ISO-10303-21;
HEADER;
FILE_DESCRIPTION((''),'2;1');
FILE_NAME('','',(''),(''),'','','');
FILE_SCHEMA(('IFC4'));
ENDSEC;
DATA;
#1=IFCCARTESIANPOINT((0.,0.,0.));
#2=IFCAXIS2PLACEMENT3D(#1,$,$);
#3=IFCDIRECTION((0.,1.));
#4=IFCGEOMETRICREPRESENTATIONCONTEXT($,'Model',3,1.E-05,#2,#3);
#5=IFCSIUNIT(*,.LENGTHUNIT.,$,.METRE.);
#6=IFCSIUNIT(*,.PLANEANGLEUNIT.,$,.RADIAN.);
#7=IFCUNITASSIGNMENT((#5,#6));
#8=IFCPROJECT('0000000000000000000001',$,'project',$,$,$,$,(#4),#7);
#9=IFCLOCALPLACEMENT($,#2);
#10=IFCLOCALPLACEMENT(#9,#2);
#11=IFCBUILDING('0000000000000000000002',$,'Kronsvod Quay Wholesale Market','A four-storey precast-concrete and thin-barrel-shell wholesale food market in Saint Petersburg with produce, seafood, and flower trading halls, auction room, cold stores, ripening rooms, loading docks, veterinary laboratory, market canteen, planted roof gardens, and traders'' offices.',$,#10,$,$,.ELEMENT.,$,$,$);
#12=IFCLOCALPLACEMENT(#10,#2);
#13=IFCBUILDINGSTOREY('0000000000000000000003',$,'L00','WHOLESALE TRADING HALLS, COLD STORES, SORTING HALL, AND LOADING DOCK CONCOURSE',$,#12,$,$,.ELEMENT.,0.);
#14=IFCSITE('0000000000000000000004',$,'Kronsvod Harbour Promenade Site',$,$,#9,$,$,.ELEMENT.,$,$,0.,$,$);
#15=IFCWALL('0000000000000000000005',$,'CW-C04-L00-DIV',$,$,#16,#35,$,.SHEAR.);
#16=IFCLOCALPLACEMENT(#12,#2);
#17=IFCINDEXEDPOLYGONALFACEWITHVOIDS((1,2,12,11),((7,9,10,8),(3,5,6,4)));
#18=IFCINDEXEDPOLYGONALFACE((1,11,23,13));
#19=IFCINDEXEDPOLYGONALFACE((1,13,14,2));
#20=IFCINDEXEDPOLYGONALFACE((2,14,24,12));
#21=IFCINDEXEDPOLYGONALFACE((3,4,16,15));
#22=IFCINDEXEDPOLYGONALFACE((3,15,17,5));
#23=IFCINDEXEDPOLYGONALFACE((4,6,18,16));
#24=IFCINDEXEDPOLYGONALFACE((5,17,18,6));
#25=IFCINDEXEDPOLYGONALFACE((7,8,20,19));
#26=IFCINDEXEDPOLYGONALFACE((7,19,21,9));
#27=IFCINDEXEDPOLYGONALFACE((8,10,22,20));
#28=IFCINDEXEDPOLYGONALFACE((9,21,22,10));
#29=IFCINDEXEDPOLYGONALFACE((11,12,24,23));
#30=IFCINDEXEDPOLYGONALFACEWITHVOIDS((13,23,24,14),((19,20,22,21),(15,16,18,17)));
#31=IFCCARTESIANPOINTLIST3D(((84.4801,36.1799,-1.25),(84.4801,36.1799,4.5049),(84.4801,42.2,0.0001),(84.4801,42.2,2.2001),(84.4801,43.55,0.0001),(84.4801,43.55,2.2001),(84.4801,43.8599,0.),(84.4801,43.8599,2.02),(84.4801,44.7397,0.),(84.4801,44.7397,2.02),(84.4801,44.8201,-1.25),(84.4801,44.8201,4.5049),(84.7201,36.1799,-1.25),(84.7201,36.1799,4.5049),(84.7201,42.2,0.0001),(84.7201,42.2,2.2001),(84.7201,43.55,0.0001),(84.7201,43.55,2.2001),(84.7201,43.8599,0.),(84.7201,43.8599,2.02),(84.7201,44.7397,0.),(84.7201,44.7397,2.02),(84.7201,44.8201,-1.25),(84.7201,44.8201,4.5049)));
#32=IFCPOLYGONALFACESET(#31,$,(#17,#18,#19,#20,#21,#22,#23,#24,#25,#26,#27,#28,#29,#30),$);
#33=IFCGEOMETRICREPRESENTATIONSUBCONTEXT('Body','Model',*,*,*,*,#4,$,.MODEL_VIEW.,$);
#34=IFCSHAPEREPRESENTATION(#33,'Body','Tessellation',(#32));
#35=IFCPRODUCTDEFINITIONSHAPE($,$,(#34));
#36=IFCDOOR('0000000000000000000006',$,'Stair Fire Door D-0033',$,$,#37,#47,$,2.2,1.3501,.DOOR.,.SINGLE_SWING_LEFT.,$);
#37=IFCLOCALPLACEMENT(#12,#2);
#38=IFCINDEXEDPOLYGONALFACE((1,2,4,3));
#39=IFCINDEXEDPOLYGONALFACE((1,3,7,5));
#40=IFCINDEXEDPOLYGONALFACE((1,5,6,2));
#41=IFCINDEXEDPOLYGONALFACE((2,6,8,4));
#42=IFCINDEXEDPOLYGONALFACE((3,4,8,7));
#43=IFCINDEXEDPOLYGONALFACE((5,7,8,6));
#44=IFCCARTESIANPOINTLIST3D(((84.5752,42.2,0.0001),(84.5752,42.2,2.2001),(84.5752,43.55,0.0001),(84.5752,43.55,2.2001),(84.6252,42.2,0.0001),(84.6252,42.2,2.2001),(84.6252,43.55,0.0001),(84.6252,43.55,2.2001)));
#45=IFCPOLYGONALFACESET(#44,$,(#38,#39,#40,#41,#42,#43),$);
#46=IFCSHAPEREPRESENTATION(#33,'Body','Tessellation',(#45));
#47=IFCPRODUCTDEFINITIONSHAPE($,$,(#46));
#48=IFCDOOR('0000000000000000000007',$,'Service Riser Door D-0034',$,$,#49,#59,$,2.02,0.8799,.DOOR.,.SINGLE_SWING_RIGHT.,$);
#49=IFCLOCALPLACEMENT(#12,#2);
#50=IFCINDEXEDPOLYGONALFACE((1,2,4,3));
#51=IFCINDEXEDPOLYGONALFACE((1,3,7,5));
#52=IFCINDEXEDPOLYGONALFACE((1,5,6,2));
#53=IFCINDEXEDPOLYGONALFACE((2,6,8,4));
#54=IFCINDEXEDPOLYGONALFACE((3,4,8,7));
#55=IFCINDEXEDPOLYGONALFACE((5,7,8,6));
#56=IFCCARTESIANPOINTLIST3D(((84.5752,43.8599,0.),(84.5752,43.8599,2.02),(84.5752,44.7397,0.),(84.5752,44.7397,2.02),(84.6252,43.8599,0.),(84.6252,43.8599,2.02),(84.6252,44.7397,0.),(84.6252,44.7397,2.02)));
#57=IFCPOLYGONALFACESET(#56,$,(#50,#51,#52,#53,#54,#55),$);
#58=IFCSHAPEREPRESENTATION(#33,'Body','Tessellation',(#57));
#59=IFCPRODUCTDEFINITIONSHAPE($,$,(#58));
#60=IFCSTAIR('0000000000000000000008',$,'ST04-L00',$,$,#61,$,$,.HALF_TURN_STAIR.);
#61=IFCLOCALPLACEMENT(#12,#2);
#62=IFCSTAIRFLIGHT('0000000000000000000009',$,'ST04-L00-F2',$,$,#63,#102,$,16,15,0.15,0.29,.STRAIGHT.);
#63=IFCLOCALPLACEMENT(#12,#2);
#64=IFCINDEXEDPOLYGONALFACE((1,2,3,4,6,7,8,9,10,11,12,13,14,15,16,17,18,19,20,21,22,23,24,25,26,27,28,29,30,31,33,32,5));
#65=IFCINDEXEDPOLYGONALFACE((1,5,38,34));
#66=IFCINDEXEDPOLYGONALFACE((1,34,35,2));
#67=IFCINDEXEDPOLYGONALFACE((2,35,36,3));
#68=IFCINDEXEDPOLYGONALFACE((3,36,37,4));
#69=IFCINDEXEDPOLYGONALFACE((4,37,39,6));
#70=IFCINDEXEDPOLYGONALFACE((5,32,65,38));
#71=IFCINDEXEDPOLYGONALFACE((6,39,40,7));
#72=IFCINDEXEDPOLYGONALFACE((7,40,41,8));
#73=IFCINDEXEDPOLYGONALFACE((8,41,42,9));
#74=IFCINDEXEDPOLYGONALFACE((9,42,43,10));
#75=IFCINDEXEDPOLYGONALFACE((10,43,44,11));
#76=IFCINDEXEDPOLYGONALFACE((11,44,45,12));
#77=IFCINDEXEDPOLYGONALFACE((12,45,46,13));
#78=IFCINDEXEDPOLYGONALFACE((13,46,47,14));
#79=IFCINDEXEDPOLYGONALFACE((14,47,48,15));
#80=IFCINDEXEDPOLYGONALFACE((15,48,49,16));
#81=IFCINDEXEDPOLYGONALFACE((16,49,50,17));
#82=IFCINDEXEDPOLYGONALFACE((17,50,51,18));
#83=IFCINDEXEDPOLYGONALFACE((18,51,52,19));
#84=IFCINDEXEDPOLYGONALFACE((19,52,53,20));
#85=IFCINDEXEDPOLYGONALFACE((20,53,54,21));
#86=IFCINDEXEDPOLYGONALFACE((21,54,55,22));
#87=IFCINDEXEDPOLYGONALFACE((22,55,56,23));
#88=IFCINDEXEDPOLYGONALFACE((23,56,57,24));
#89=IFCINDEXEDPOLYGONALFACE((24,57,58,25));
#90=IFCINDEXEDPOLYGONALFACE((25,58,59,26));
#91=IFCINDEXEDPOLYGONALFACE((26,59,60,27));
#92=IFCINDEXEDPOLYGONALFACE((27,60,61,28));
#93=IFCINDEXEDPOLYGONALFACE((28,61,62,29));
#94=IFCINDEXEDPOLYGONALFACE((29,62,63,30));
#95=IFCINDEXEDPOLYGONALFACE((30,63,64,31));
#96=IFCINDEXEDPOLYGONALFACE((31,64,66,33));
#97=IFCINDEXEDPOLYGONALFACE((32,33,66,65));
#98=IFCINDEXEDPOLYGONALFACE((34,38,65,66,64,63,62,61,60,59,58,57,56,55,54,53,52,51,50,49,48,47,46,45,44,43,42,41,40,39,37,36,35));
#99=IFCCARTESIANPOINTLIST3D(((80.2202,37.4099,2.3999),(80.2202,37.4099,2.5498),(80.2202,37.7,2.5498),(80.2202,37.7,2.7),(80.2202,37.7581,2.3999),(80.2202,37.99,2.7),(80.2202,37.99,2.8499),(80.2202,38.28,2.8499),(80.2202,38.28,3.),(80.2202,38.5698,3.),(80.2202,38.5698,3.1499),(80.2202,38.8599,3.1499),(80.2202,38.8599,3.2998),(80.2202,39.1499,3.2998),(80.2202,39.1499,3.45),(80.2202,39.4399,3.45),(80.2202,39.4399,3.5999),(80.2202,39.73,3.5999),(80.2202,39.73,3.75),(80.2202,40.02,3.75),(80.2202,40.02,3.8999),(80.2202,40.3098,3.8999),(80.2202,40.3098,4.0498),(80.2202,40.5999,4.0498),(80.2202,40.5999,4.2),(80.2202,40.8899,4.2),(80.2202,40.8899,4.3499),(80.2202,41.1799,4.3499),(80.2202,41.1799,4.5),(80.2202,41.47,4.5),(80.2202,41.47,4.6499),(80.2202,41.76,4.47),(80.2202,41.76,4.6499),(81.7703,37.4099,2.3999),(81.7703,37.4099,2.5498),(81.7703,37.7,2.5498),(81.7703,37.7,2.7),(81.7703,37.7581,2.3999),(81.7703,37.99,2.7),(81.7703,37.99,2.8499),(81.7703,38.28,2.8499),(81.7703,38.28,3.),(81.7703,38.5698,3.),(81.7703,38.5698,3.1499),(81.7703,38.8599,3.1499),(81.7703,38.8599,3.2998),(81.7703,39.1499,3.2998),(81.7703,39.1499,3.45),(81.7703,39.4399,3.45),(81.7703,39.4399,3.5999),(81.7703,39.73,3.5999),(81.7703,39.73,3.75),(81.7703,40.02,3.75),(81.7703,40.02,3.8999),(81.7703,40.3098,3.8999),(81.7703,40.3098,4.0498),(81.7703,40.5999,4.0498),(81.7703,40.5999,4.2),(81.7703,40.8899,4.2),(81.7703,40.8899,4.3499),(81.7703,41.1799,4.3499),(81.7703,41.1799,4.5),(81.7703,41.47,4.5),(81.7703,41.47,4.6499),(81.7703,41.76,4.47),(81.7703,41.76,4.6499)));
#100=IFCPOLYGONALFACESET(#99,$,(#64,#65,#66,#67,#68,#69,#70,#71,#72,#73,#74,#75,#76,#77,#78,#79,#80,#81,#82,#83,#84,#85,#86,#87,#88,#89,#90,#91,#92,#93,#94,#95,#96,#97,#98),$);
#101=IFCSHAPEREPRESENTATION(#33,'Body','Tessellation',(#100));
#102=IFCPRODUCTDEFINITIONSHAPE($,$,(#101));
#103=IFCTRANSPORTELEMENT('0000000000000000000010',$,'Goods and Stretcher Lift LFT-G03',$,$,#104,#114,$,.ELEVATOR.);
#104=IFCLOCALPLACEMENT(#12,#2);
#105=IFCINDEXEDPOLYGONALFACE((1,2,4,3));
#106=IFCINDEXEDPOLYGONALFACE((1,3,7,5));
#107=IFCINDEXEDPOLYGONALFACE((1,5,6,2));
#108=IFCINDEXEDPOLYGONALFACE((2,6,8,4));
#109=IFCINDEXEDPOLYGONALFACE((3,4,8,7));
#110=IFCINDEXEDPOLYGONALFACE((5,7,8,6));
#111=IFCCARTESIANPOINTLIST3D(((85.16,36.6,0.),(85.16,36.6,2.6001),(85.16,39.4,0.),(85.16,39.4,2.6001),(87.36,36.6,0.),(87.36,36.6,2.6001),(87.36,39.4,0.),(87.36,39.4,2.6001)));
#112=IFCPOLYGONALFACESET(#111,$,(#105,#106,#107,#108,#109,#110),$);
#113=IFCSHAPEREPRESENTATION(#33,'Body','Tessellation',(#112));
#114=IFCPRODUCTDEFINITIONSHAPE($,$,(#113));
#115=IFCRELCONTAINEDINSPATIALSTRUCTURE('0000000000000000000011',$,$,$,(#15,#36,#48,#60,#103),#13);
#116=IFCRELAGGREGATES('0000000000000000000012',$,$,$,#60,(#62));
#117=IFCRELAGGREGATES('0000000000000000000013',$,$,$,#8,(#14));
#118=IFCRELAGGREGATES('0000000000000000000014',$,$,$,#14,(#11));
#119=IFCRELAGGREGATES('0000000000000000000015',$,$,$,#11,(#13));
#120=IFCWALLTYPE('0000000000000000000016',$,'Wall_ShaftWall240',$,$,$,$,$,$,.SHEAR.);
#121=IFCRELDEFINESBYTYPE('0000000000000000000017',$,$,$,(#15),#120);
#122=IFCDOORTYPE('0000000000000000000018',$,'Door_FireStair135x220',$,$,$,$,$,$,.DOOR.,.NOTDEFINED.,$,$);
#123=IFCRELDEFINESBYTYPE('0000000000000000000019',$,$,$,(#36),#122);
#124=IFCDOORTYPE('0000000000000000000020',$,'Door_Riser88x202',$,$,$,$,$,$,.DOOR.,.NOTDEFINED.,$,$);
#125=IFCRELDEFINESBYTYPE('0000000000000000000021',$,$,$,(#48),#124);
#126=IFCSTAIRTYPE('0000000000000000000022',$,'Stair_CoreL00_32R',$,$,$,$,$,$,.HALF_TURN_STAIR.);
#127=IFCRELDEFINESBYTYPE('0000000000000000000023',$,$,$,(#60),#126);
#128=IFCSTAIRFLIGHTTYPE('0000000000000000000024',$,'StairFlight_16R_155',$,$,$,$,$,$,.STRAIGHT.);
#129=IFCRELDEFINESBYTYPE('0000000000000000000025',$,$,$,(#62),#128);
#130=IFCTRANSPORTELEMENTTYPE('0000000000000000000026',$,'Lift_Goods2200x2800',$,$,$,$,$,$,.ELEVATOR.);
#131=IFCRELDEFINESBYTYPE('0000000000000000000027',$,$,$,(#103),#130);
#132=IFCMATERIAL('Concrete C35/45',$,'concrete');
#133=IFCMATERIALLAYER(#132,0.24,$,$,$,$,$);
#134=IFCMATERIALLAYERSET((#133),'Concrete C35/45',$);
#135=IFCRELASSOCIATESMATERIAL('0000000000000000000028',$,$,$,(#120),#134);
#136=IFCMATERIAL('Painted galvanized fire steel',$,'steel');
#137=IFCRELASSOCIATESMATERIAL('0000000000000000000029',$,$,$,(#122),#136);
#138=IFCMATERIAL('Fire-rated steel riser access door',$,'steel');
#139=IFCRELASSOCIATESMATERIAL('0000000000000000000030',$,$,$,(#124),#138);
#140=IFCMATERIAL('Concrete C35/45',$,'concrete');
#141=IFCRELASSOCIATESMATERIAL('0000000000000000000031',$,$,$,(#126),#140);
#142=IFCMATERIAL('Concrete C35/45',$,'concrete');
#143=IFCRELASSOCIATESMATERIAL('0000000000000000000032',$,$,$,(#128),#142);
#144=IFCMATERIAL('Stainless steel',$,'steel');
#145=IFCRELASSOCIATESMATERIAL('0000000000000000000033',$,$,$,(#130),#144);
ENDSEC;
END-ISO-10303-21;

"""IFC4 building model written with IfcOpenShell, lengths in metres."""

from ifc_helpers import new_model, si_unit, direction, frame, frame_2d, origin, origin_2d, place, context, subcontext, project, spatial, polyline, rectangle, outline, extrude, material, layer, layer_set, type_object, element, fill, aggregate, save


model = new_model("IFC4")

# Units and contexts
model_context = context("Model", 3, precision=1e-05, world=origin(), true_north=direction((0.0, 1.0)))
body_context = subcontext(model_context, "Body", "Model", "MODEL_VIEW")
ifc_project = project(units=[si_unit("LENGTHUNIT", "METRE"), si_unit("PLANEANGLEUNIT", "RADIAN")], contexts=[model_context])

# Site, building, storey
site_placement = place(None, origin())
site = spatial("IfcSite", under=ifc_project, at=site_placement, Name="Kronsvod Harbour Promenade Site", CompositionType="ELEMENT", RefElevation=0.0)
building_placement = place(site_placement, origin())
building = spatial("IfcBuilding", under=site, at=building_placement, Name="Kronsvod Quay Wholesale Market", Description="A four-storey precast-concrete and thin-barrel-shell wholesale food market in Saint Petersburg with produce, seafood, and flower trading halls, auction room, cold stores, ripening rooms, loading docks, veterinary laboratory, market canteen, planted roof gardens, and traders' offices.", CompositionType="ELEMENT")
storey_placement = place(building_placement, origin())
storey = spatial("IfcBuildingStorey", under=building, at=storey_placement, Name="L00", Description="WHOLESALE TRADING HALLS, COLD STORES, SORTING HALL, AND LOADING DOCK CONCOURSE", CompositionType="ELEMENT", Elevation=0.0)

# Wall, openings, doors
ifc_material_1 = material(Name="Concrete C35/45", Category="concrete")
ifc_layer_1 = layer(ifc_material_1, 0.24)
ifc_layer_set_1 = layer_set([ifc_layer_1], Name="Concrete C35/45")
wall_type_1 = type_object("IfcWallType", Name="Wall_ShaftWall240", PredefinedType="SHEAR", material=ifc_layer_set_1)
wall_1_placement = place(storey_placement, frame((84.6001, 36.1799, -1.25), z_axis=(0.0, 0.0, 1.0), x_axis=(0.0, 1.0, 0.0)))
wall_1 = element("IfcWall", 1, at=wall_1_placement, inside=storey, type_object=wall_type_1, Name="CW-C04-L00-DIV", PredefinedType="SHEAR", context=body_context, shape_type="SweptSolid", body=[
    extrude(rectangle(XDim=8.6401, YDim=0.24, at=frame_2d((4.3201, 0.0))), origin(), (0.0, 0.0, 1.0), 5.7549),
])
opening_1_placement = place(wall_1_placement, frame((6.02, 0.0, 1.25)))
opening_1 = element("IfcOpeningElement", 2, at=opening_1_placement, cuts=wall_1, PredefinedType="OPENING", context=body_context, shape_type="SweptSolid", body=[
    extrude(rectangle(XDim=1.3501, YDim=2.2, at=frame_2d((0.675, 1.1001))), frame((0.0, 0.1299, 0.0), z_axis=(0.0, -1.0, 0.0), x_axis=(1.0, 0.0, 0.0)), (0.0, 0.0, 1.0), 0.26),
])
opening_2_placement = place(wall_1_placement, frame((7.6799, 0.0, 1.25)))
opening_2 = element("IfcOpeningElement", 3, at=opening_2_placement, cuts=wall_1, PredefinedType="OPENING", context=body_context, shape_type="SweptSolid", body=[
    extrude(rectangle(XDim=0.8799, YDim=2.02, at=frame_2d((0.4399, 1.01))), frame((0.0, 0.1299, 0.0), z_axis=(0.0, -1.0, 0.0), x_axis=(1.0, 0.0, 0.0)), (0.0, 0.0, 1.0), 0.26),
])
ifc_material_2 = material(Name="Painted galvanized fire steel", Category="steel")
door_type_1 = type_object("IfcDoorType", Name="Door_FireStair135x220", OperationType="NOTDEFINED", PredefinedType="DOOR", material=ifc_material_2)
door_1_placement = place(opening_1_placement, origin())
door_1 = element("IfcDoor", 4, at=door_1_placement, inside=storey, type_object=door_type_1, Name="Stair Fire Door D-0033", OperationType="SINGLE_SWING_LEFT", OverallHeight=2.2, OverallWidth=1.3501, PredefinedType="DOOR", context=body_context, shape_type="SweptSolid", body=[
    extrude(rectangle(XDim=1.3501, YDim=2.2, at=frame_2d((0.675, 1.1001))), frame((0.0, 0.0249, 0.0), z_axis=(0.0, -1.0, 0.0), x_axis=(1.0, 0.0, 0.0)), (0.0, 0.0, 1.0), 0.05),
])
fill(opening_1, door_1)
ifc_material_3 = material(Name="Fire-rated steel riser access door", Category="steel")
door_type_2 = type_object("IfcDoorType", Name="Door_Riser88x202", OperationType="NOTDEFINED", PredefinedType="DOOR", material=ifc_material_3)
door_2_placement = place(opening_2_placement, origin())
door_2 = element("IfcDoor", 5, at=door_2_placement, inside=storey, type_object=door_type_2, Name="Service Riser Door D-0034", OperationType="SINGLE_SWING_RIGHT", OverallHeight=2.02, OverallWidth=0.8799, PredefinedType="DOOR", context=body_context, shape_type="SweptSolid", body=[
    extrude(rectangle(XDim=0.8799, YDim=2.02, at=frame_2d((0.4399, 1.01))), frame((0.0, 0.0249, 0.0), z_axis=(0.0, -1.0, 0.0), x_axis=(1.0, 0.0, 0.0)), (0.0, 0.0, 1.0), 0.05),
])
fill(opening_2, door_2)

# Stair, stair flight
ifc_material_4 = material(Name="Concrete C35/45", Category="concrete")
stair_type = type_object("IfcStairType", Name="Stair_CoreL00_32R", PredefinedType="HALF_TURN_STAIR", material=ifc_material_4)
stair_placement = place(storey_placement, origin())
stair = element("IfcStair", 6, at=stair_placement, inside=storey, type_object=stair_type, Name="ST04-L00", PredefinedType="HALF_TURN_STAIR")
ifc_material_5 = material(Name="Concrete C35/45", Category="concrete")
stair_flight_type = type_object("IfcStairFlightType", Name="StairFlight_16R_155", PredefinedType="STRAIGHT", material=ifc_material_5)
stair_flight_placement = place(storey_placement, frame((80.9951, 37.4099, 2.3999), z_axis=(0.0, 0.0, 1.0), x_axis=(0.0, 1.0, 0.0)))
stair_flight = element("IfcStairFlight", 7, at=stair_flight_placement, type_object=stair_flight_type, Name="ST04-L00-F2", NumberOfRisers=16, NumberOfTreads=15, PredefinedType="STRAIGHT", RiserHeight=0.15, TreadLength=0.29, context=body_context, shape_type="SweptSolid", body=[
    extrude(outline(polyline([(0.0, 0.0), (0.0, 0.1499), (0.29, 0.1499), (0.29, 0.3), (0.5801, 0.3), (0.5801, 0.45), (0.8701, 0.45), (0.8701, 0.6001), (1.1599, 0.6001), (1.1599, 0.75), (1.45, 0.75), (1.45, 0.8999), (1.74, 0.8999), (1.74, 1.05), (2.03, 1.05), (2.03, 1.2), (2.3201, 1.2), (2.3201, 1.3501), (2.6101, 1.3501), (2.6101, 1.5), (2.8999, 1.5), (2.8999, 1.6499), (3.1899, 1.6499), (3.1899, 1.8), (3.48, 1.8), (3.48, 1.95), (3.77, 1.95), (3.77, 2.1001), (4.0601, 2.1001), (4.0601, 2.25), (4.3501, 2.25), (4.3501, 2.3999), (4.3501, 2.0701), (0.3481, 0.0), (0.0, 0.0)])), frame((0.0, 0.7749, 0.0), z_axis=(0.0, -1.0, 0.0), x_axis=(1.0, 0.0, 0.0)), (0.0, 0.0, 1.0), 1.55),
])
aggregate(stair, [stair_flight])

# Transport element
ifc_material_6 = material(Name="Stainless steel", Category="steel")
transport_element_type = type_object("IfcTransportElementType", Name="Lift_Goods2200x2800", PredefinedType="ELEVATOR", material=ifc_material_6)
transport_element_placement = place(storey_placement, frame((86.26, 38.0, 0.0), z_axis=(0.0, 0.0, 1.0), x_axis=(1.0, 0.0, 0.0)))
element("IfcTransportElement", 8, at=transport_element_placement, inside=storey, type_object=transport_element_type, Name="Goods and Stretcher Lift LFT-G03", PredefinedType="ELEVATOR", context=body_context, shape_type="SweptSolid", body=[
    extrude(rectangle(XDim=2.2, YDim=2.8, at=origin_2d()), origin(), (0.0, 0.0, 1.0), 2.6001),
])

save(model, "model.ifc")
